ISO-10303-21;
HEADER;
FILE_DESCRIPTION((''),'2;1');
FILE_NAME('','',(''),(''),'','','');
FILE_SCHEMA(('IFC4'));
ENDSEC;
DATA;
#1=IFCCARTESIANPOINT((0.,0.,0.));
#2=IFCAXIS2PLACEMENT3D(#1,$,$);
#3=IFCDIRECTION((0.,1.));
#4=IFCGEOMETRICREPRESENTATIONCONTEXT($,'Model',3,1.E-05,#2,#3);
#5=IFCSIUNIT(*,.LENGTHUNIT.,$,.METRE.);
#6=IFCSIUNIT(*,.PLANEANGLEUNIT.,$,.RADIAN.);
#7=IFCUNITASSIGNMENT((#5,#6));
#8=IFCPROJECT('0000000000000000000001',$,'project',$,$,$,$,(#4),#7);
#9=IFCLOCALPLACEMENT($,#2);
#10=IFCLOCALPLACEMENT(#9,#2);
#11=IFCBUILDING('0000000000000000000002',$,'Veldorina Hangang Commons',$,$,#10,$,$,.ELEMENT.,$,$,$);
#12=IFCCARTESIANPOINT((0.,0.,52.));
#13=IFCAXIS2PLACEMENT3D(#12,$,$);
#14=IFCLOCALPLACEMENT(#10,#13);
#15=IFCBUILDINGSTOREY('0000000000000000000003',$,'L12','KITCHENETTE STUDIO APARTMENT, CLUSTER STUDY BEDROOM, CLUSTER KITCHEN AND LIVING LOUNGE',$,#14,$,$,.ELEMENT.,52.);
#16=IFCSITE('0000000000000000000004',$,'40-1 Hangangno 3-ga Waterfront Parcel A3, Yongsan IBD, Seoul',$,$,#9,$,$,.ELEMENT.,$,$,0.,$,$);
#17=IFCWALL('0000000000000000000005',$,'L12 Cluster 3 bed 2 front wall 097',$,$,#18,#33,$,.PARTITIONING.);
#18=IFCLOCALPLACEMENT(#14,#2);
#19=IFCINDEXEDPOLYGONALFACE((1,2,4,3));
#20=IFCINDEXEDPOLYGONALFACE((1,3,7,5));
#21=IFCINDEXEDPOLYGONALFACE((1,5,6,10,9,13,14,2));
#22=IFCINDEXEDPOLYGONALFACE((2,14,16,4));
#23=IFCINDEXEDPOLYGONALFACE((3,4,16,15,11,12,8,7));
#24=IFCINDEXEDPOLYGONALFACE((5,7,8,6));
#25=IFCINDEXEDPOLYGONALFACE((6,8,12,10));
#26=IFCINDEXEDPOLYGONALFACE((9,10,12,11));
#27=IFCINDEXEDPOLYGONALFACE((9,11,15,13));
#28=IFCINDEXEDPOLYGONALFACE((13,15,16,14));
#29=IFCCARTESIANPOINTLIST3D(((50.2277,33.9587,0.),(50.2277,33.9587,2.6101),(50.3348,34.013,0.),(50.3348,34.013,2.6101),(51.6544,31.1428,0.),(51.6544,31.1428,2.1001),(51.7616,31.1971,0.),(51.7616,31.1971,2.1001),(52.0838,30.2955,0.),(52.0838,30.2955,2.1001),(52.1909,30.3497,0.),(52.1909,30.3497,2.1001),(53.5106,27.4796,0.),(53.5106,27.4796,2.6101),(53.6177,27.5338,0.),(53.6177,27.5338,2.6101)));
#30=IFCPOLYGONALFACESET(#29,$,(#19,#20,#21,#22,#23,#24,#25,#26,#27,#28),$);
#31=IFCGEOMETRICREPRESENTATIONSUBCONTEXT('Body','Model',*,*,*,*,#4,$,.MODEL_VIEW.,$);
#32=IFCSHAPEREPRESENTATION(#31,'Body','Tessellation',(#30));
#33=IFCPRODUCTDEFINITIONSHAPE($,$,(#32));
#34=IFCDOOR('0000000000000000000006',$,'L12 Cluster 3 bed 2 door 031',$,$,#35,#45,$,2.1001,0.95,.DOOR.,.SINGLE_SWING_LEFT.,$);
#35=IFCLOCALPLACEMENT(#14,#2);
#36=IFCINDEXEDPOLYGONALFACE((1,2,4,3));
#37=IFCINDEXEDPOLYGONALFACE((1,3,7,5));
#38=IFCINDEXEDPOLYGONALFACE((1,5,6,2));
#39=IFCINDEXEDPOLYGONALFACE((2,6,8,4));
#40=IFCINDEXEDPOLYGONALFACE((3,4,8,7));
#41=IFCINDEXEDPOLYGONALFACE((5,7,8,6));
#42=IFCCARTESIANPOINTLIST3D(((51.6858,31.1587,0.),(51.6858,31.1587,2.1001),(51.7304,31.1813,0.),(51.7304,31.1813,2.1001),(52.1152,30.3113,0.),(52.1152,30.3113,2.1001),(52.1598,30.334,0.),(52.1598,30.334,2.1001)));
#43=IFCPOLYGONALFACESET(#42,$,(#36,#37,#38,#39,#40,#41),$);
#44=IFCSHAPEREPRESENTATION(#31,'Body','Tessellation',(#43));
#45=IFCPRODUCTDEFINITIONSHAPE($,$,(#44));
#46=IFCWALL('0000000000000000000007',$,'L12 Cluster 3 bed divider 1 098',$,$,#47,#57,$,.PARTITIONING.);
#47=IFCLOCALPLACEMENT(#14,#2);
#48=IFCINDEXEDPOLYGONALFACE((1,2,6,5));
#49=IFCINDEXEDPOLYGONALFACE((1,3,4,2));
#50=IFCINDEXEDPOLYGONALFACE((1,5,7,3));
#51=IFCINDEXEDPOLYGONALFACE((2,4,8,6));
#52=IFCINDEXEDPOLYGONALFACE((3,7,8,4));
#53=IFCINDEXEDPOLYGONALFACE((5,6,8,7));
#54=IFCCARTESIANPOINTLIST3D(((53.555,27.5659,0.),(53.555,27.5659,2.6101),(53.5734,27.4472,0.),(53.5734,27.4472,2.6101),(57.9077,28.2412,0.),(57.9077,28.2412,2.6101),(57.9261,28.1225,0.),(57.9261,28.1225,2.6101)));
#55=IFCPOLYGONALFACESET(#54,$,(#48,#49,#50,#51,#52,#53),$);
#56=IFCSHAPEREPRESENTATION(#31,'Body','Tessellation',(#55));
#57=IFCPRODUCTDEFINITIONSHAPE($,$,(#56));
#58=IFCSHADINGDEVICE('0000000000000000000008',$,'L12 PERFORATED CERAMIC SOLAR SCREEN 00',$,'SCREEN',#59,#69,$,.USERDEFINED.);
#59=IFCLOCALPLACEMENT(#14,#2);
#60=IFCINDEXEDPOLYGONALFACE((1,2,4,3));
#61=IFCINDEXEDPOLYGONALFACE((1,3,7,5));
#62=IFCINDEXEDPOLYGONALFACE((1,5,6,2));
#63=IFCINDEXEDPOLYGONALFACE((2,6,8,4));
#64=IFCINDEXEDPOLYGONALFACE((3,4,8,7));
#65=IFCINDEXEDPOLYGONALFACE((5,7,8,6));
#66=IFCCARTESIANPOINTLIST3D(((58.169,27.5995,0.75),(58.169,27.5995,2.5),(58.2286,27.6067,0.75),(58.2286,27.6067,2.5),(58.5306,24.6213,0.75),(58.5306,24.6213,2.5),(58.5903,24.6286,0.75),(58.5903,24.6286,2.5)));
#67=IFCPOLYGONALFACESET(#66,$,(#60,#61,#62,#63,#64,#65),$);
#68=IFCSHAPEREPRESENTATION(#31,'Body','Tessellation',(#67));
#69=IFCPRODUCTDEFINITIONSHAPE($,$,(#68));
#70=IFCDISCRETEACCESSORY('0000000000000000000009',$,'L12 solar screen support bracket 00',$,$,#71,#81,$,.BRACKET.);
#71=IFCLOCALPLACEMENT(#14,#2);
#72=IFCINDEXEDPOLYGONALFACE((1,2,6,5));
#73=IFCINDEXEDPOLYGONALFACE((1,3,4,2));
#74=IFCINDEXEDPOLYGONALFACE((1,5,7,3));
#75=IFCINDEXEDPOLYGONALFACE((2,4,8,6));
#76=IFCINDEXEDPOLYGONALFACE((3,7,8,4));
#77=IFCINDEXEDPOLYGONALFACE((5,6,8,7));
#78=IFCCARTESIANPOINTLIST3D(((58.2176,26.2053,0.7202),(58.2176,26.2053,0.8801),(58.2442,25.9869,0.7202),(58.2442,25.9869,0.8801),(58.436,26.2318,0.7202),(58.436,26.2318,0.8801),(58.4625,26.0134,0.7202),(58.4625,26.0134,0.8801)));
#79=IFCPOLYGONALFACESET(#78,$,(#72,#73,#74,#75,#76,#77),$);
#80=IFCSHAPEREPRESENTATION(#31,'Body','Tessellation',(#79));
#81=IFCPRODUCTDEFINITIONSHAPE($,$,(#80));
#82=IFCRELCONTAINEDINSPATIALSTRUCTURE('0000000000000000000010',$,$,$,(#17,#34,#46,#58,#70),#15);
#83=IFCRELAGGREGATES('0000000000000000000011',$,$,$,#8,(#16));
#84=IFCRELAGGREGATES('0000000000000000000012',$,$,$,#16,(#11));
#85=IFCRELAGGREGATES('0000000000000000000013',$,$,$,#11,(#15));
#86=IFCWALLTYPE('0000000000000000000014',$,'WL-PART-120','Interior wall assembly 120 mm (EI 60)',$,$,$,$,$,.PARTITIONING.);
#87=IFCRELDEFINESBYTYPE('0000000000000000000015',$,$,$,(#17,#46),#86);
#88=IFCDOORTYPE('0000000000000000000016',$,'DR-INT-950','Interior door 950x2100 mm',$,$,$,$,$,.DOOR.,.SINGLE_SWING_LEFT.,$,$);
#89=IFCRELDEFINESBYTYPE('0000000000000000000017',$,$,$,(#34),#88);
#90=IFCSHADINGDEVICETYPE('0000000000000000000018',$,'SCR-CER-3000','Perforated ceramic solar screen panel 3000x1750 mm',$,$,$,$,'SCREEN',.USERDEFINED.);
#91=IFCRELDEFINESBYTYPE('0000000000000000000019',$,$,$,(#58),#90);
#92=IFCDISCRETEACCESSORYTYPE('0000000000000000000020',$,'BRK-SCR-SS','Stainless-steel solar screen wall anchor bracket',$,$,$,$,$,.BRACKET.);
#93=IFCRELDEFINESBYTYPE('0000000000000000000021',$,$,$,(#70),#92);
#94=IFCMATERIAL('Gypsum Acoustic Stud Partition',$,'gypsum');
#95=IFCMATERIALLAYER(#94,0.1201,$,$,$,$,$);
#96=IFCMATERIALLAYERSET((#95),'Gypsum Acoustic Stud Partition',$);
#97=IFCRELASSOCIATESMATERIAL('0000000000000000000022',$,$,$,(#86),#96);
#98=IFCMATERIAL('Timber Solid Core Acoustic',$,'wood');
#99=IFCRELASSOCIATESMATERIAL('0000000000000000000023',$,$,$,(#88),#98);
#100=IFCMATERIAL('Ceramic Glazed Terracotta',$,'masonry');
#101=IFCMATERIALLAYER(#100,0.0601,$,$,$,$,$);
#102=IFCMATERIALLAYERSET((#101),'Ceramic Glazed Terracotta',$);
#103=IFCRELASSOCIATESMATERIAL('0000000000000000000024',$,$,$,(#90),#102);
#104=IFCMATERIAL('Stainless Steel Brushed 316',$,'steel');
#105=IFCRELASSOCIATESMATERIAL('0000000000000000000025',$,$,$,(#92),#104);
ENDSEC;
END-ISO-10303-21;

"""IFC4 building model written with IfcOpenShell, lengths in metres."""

from ifc_helpers import new_model, si_unit, direction, frame, frame_2d, origin, origin_2d, place, context, subcontext, project, spatial, rectangle, extrude, material, layer, layer_set, type_object, element, fill, save


model = new_model("IFC4")

# Units and contexts
model_context = context("Model", 3, precision=1e-05, world=origin(), true_north=direction((0.0, 1.0)))
body_context = subcontext(model_context, "Body", "Model", "MODEL_VIEW")
ifc_project = project(units=[si_unit("LENGTHUNIT", "METRE"), si_unit("PLANEANGLEUNIT", "RADIAN")], contexts=[model_context])

# Site, building, storey
site_placement = place(None, origin())
site = spatial("IfcSite", under=ifc_project, at=site_placement, Name="40-1 Hangangno 3-ga Waterfront Parcel A3, Yongsan IBD, Seoul", CompositionType="ELEMENT", RefElevation=0.0)
building_placement = place(site_placement, origin())
building = spatial("IfcBuilding", under=site, at=building_placement, Name="Veldorina Hangang Commons", CompositionType="ELEMENT")
storey_placement = place(building_placement, frame((0.0, 0.0, 52.0)))
storey = spatial("IfcBuildingStorey", under=building, at=storey_placement, Name="L12", Description="KITCHENETTE STUDIO APARTMENT, CLUSTER STUDY BEDROOM, CLUSTER KITCHEN AND LIVING LOUNGE", CompositionType="ELEMENT", Elevation=52.0)

# Wall, opening, door
ifc_material_1 = material(Name="Gypsum Acoustic Stud Partition", Category="gypsum")
ifc_layer_1 = layer(ifc_material_1, 0.1201)
ifc_layer_set_1 = layer_set([ifc_layer_1], Name="Gypsum Acoustic Stud Partition")
wall_type_1 = type_object("IfcWallType", Name="WL-PART-120", Description="Interior wall assembly 120 mm (EI 60)", PredefinedType="PARTITIONING", material=ifc_layer_set_1)
wall_1_placement = place(storey_placement, frame((53.5642, 27.5066, 0.0), z_axis=(0.0, 0.0, 1.0), x_axis=(-0.45198, 0.892028, 0.0)))
wall_1 = element("IfcWall", 1, at=wall_1_placement, inside=storey, type_object=wall_type_1, Name="L12 Cluster 3 bed 2 front wall 097", PredefinedType="PARTITIONING", context=body_context, shape_type="SweptSolid", body=[
    extrude(rectangle(XDim=7.2634, YDim=0.1201, at=frame_2d((3.6318, 0.0))), origin(), (0.0, 0.0, 1.0), 2.6101),
])
opening_1_placement = place(wall_1_placement, frame((3.1567, 0.0, 0.0)))
opening_1 = element("IfcOpeningElement", 2, at=opening_1_placement, cuts=wall_1, PredefinedType="OPENING", context=body_context, shape_type="SweptSolid", body=[
    extrude(rectangle(XDim=0.95, YDim=2.1001, at=frame_2d((0.4751, 1.05))), frame((0.0, 0.0701, 0.0), z_axis=(0.0, -1.0, 0.0), x_axis=(1.0, 0.0, 0.0)), (0.0, 0.0, 1.0), 0.1401),
])
ifc_material_2 = material(Name="Timber Solid Core Acoustic", Category="wood")
door_type_1 = type_object("IfcDoorType", Name="DR-INT-950", Description="Interior door 950x2100 mm", OperationType="SINGLE_SWING_LEFT", PredefinedType="DOOR", material=ifc_material_2)
door_1_placement = place(opening_1_placement, origin())
door_1 = element("IfcDoor", 3, at=door_1_placement, inside=storey, type_object=door_type_1, Name="L12 Cluster 3 bed 2 door 031", OperationType="SINGLE_SWING_LEFT", OverallHeight=2.1001, OverallWidth=0.95, PredefinedType="DOOR", context=body_context, shape_type="SweptSolid", body=[
    extrude(rectangle(XDim=0.95, YDim=2.1001, at=frame_2d((0.4751, 1.05))), frame((0.0, 0.0249, 0.0), z_axis=(0.0, -1.0, 0.0), x_axis=(1.0, 0.0, 0.0)), (0.0, 0.0, 1.0), 0.05),
])
fill(opening_1, door_1)

# Wall
wall_2_placement = place(storey_placement, frame((53.5642, 27.5066, 0.0), z_axis=(0.0, 0.0, 1.0), x_axis=(0.988179, 0.153307, 0.0)))
element("IfcWall", 4, at=wall_2_placement, inside=storey, type_object=wall_type_1, Name="L12 Cluster 3 bed divider 1 098", PredefinedType="PARTITIONING", context=body_context, shape_type="SweptSolid", body=[
    extrude(rectangle(XDim=4.4048, YDim=0.1201, at=frame_2d((2.2024, 0.0))), origin(), (0.0, 0.0, 1.0), 2.6101),
])

# Shading device
ifc_material_3 = material(Name="Ceramic Glazed Terracotta", Category="masonry")
ifc_layer_2 = layer(ifc_material_3, 0.0601)
ifc_layer_set_2 = layer_set([ifc_layer_2], Name="Ceramic Glazed Terracotta")
shading_device_type = type_object("IfcShadingDeviceType", Name="SCR-CER-3000", Description="Perforated ceramic solar screen panel 3000x1750 mm", ElementType="SCREEN", PredefinedType="USERDEFINED", material=ifc_layer_set_2)
shading_device_placement = place(storey_placement, frame((58.3796, 26.114, 0.75), z_axis=(0.0, 0.0, 1.0), x_axis=(-0.120535, 0.992709, 0.0)))
element("IfcShadingDevice", 5, at=shading_device_placement, inside=storey, type_object=shading_device_type, Name="L12 PERFORATED CERAMIC SOLAR SCREEN 00", ObjectType="SCREEN", PredefinedType="USERDEFINED", context=body_context, shape_type="SweptSolid", body=[
    extrude(rectangle(XDim=3.0, YDim=0.0601, at=origin_2d()), origin(), (0.0, 0.0, 1.0), 1.75),
])

# Discrete accessory
ifc_material_4 = material(Name="Stainless Steel Brushed 316", Category="steel")
discrete_accessory_type = type_object("IfcDiscreteAccessoryType", Name="BRK-SCR-SS", Description="Stainless-steel solar screen wall anchor bracket", PredefinedType="BRACKET", material=ifc_material_4)
discrete_accessory_placement = place(storey_placement, frame((58.3401, 26.1094, 0.7202), z_axis=(0.0, 0.0, 1.0), x_axis=(-0.120535, 0.992709, 0.0)))
element("IfcDiscreteAccessory", 6, at=discrete_accessory_placement, inside=storey, type_object=discrete_accessory_type, Name="L12 solar screen support bracket 00", PredefinedType="BRACKET", context=body_context, shape_type="SweptSolid", body=[
    extrude(rectangle(XDim=0.22, YDim=0.22, at=origin_2d()), origin(), (0.0, 0.0, 1.0), 0.1599),
])

save(model, "model.ifc")
